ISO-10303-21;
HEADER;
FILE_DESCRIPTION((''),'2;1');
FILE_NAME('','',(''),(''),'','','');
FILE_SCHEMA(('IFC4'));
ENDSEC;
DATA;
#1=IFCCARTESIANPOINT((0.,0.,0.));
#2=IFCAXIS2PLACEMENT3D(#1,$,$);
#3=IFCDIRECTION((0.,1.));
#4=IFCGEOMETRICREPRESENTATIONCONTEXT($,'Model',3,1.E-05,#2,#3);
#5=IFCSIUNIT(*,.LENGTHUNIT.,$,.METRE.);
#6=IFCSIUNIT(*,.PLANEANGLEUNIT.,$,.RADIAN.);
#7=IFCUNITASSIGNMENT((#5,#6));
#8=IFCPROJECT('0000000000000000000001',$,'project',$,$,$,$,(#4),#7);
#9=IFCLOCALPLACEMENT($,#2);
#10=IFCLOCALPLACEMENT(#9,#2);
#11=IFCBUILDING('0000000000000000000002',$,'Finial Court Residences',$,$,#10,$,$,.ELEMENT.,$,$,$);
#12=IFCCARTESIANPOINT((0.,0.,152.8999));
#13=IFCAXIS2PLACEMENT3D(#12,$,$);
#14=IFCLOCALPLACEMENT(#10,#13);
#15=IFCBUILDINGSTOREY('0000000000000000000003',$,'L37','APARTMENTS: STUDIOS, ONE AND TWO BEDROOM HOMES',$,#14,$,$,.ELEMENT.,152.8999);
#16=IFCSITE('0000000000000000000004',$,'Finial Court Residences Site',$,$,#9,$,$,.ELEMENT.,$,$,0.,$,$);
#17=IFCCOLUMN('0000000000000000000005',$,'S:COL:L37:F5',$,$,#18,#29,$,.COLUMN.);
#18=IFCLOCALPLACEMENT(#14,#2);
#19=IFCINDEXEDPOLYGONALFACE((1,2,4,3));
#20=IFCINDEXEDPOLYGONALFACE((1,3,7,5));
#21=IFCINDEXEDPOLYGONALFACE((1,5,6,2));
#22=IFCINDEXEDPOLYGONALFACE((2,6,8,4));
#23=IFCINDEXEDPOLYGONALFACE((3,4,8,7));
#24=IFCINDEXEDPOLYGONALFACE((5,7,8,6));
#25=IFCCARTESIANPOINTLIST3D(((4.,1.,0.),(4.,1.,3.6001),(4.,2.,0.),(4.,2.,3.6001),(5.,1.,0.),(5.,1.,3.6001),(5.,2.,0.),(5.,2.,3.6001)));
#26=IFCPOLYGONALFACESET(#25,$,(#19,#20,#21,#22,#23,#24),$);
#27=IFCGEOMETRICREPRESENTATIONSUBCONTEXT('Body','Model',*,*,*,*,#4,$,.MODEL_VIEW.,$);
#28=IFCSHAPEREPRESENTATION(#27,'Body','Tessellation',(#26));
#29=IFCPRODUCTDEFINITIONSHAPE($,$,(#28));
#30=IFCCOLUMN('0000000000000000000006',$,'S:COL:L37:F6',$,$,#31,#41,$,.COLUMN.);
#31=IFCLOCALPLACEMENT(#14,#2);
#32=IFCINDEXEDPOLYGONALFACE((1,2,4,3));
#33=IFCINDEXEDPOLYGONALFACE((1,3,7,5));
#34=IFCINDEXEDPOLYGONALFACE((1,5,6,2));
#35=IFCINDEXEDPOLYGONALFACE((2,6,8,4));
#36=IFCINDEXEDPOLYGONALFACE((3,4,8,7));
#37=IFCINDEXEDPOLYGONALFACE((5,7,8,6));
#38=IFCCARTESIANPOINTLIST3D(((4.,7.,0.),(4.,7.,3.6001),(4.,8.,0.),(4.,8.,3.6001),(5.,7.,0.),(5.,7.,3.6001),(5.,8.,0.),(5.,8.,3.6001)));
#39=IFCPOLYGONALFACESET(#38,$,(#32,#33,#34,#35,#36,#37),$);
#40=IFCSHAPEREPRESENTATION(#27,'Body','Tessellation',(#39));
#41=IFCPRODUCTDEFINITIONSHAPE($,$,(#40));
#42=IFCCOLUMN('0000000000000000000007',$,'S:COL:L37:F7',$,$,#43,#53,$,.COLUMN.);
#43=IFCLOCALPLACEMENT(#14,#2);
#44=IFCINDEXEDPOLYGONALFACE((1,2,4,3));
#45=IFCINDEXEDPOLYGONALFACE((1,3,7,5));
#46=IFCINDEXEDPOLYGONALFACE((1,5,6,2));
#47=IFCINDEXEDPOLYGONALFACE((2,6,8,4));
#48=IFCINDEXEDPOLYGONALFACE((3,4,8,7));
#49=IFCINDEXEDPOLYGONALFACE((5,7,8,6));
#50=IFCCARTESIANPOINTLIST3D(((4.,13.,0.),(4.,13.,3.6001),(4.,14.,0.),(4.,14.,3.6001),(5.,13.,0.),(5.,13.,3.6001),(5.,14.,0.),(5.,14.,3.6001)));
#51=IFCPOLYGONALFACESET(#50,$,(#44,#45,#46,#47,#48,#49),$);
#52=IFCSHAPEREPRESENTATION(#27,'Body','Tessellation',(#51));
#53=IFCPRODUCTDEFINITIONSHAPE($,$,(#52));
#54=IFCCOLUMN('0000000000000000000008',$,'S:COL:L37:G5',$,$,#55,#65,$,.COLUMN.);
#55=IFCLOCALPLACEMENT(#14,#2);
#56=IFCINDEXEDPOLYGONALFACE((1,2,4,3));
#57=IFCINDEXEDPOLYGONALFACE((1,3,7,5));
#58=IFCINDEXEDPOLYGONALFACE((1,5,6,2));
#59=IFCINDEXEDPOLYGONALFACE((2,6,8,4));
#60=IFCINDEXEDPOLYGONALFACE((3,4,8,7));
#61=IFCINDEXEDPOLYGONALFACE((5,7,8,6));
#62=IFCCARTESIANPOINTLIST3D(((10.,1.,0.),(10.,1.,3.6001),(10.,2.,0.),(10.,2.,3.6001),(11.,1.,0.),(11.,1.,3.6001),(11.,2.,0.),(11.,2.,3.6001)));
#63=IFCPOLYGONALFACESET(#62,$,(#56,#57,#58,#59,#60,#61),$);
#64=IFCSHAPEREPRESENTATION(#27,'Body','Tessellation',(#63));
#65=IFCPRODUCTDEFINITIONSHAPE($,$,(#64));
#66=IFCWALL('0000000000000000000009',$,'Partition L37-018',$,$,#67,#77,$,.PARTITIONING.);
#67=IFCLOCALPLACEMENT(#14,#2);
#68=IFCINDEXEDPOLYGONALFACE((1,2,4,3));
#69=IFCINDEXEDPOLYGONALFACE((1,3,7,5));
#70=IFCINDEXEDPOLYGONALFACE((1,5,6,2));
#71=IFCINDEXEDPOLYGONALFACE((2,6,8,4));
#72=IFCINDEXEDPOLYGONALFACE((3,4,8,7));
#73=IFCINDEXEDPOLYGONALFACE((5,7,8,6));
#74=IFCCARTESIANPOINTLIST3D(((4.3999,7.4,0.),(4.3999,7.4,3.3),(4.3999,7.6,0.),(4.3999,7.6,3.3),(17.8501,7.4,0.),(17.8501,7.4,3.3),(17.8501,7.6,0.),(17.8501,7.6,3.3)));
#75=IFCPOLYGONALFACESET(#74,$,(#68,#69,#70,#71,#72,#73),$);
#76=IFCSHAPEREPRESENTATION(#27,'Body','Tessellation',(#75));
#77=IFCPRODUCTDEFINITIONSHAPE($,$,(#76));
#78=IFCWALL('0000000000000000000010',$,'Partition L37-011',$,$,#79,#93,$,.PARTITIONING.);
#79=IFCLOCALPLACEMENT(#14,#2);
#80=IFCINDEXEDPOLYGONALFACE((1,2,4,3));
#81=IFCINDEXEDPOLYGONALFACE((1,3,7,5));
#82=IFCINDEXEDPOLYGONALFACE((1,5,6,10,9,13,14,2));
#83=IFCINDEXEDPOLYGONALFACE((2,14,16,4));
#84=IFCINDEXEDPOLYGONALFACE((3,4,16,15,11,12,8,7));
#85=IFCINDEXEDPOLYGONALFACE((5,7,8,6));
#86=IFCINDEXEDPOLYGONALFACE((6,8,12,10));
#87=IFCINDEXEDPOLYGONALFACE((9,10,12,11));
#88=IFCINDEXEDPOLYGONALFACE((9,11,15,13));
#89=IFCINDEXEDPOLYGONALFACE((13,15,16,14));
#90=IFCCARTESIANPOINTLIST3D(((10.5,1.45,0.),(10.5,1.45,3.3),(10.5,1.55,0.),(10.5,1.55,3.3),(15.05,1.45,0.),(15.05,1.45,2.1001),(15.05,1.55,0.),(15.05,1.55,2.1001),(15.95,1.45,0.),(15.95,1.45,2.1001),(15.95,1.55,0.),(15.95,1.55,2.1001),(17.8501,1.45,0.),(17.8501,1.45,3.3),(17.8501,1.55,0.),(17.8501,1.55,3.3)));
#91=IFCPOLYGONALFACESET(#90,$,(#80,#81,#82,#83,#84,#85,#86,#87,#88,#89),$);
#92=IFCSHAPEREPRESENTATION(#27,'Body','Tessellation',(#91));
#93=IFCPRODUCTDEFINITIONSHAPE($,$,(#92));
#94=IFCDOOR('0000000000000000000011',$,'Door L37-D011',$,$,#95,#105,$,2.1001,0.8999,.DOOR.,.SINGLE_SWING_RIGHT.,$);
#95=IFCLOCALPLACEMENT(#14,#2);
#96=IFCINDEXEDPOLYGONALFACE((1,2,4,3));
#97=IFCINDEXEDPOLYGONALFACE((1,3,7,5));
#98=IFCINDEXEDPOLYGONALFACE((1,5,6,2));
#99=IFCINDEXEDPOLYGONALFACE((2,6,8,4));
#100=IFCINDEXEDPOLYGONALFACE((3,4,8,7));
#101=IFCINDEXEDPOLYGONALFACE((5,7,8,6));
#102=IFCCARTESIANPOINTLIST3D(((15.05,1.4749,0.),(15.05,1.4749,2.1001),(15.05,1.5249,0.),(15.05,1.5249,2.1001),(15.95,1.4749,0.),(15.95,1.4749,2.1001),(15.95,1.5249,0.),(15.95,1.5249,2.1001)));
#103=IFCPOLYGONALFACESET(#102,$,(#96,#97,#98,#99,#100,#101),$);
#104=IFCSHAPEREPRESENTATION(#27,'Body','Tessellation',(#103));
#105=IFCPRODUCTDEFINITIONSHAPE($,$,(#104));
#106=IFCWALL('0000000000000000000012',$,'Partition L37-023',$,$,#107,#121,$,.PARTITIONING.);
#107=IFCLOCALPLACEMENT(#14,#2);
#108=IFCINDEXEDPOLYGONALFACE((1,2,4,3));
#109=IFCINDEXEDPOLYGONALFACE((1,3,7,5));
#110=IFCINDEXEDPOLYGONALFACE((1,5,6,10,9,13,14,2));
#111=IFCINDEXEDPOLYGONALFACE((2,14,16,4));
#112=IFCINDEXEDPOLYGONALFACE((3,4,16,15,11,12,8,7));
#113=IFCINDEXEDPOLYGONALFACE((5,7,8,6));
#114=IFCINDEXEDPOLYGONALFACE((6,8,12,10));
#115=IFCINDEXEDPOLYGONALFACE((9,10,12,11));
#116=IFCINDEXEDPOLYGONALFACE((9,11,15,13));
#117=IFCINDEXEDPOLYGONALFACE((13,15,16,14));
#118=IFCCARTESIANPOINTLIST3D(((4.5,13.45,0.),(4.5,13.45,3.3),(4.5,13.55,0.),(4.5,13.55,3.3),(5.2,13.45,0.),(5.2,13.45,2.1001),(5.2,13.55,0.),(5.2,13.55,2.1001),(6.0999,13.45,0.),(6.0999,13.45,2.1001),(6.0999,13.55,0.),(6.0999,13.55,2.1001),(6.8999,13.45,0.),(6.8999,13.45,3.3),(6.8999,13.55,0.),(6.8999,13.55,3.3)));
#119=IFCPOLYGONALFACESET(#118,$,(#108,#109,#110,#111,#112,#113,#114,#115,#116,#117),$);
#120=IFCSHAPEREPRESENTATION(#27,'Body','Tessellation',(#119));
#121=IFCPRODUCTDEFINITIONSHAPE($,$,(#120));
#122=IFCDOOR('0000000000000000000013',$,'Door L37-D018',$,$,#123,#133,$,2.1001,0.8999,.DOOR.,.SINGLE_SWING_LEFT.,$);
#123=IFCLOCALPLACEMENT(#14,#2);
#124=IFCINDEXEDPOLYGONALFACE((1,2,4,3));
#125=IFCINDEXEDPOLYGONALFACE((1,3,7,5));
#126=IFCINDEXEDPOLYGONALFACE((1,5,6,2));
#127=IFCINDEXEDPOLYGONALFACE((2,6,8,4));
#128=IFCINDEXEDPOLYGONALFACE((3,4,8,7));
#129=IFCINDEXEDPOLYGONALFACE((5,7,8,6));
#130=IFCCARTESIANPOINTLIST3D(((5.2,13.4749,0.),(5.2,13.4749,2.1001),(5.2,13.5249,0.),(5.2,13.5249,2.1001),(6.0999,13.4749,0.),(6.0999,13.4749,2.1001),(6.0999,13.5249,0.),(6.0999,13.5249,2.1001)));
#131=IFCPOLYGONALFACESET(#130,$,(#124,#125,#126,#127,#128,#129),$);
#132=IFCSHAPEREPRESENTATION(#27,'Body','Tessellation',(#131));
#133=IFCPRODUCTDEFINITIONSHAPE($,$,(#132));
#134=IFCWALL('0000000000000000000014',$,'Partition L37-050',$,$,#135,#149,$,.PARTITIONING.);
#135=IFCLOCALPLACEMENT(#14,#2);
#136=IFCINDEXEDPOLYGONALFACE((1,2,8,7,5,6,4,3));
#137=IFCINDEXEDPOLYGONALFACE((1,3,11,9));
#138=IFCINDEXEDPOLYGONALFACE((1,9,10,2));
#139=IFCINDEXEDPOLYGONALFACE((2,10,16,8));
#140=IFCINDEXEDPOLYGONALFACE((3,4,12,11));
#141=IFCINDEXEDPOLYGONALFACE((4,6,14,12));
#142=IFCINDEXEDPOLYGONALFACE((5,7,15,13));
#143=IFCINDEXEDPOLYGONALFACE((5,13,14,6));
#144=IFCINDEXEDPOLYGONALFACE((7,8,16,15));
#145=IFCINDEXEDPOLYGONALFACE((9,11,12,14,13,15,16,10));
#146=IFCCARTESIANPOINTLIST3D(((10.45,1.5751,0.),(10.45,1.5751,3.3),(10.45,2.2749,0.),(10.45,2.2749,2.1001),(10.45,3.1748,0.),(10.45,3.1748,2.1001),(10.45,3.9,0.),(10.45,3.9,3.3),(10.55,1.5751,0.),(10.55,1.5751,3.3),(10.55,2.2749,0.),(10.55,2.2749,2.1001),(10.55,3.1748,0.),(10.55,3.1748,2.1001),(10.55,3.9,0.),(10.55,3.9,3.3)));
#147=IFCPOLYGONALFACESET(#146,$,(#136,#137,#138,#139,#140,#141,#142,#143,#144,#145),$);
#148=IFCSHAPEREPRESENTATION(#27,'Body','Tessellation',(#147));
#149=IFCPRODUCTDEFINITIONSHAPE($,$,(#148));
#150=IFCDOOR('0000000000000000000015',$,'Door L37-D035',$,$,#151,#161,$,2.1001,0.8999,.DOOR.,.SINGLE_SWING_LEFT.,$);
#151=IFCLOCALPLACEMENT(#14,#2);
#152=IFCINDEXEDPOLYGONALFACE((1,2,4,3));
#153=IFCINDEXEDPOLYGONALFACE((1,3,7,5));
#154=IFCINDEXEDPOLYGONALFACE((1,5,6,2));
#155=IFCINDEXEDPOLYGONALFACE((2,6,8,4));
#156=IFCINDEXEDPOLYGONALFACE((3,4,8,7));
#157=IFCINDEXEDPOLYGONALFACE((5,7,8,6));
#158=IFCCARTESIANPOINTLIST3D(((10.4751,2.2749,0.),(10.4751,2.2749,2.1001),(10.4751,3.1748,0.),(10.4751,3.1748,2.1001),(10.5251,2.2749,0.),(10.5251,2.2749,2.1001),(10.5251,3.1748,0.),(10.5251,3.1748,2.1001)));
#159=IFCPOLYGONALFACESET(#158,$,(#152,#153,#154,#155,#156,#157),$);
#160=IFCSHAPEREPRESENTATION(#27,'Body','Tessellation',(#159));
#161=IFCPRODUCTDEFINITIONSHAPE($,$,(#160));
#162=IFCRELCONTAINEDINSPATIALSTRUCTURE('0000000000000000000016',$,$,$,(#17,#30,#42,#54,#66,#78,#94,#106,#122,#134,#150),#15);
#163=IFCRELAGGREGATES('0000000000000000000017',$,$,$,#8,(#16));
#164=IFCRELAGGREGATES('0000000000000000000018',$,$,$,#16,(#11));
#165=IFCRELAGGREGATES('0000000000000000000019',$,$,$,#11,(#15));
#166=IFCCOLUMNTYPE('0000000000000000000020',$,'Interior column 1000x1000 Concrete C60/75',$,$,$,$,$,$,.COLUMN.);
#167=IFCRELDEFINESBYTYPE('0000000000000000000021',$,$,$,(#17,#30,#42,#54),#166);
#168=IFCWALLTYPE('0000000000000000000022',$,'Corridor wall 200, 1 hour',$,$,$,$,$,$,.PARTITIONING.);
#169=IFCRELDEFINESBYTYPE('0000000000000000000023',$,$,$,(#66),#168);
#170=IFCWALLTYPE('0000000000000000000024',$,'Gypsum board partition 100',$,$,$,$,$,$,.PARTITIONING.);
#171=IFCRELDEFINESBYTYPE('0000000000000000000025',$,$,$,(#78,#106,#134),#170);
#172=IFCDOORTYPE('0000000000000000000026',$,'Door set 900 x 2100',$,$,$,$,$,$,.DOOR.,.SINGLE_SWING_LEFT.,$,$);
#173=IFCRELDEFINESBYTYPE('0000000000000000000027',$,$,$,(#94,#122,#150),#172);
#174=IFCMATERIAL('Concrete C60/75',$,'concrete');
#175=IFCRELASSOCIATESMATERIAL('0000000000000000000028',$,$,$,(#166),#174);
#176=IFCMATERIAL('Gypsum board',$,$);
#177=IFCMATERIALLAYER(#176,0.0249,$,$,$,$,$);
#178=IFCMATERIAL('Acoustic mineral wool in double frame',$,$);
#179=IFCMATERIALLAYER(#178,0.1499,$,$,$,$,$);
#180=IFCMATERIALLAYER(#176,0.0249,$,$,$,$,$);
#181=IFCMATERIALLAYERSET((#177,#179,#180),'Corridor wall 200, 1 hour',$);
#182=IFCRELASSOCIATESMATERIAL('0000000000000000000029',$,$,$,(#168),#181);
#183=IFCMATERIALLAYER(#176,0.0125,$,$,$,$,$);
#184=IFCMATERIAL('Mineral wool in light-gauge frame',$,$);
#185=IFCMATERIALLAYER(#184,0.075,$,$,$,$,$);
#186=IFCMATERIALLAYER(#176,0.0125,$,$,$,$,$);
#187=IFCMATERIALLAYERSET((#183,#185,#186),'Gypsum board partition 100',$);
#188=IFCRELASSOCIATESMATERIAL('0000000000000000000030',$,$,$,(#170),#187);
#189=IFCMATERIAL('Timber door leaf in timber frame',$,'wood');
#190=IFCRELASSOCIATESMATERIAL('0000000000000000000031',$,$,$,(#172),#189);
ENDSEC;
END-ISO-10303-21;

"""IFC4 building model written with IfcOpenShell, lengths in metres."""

from ifc_helpers import new_model, si_unit, direction, frame, frame_2d, origin, origin_2d, place, context, subcontext, project, spatial, rectangle, extrude, material, layer, layer_set, material_profile, profile_set, type_object, element, fill, save


model = new_model("IFC4")

# Units and contexts
model_context = context("Model", 3, precision=1e-05, world=origin(), true_north=direction((0.0, 1.0)))
body_context = subcontext(model_context, "Body", "Model", "MODEL_VIEW")
ifc_project = project(units=[si_unit("LENGTHUNIT", "METRE"), si_unit("PLANEANGLEUNIT", "RADIAN")], contexts=[model_context])

# Site, building, storey
site_placement = place(None, origin())
site = spatial("IfcSite", under=ifc_project, at=site_placement, Name="Finial Court Residences Site", CompositionType="ELEMENT", RefElevation=0.0)
building_placement = place(site_placement, origin())
building = spatial("IfcBuilding", under=site, at=building_placement, Name="Finial Court Residences", CompositionType="ELEMENT")
storey_placement = place(building_placement, frame((0.0, 0.0, 152.8999)))
storey = spatial("IfcBuildingStorey", under=building, at=storey_placement, Name="L37", Description="APARTMENTS: STUDIOS, ONE AND TWO BEDROOM HOMES", CompositionType="ELEMENT", Elevation=152.8999)

# Columns
ifc_material_1 = material(Name="Concrete C60/75", Category="concrete")
ifc_material_profile = material_profile(ifc_material_1, rectangle(XDim=1.0, YDim=1.0, at=origin_2d()), Name="1000x1000")
ifc_profile_set = profile_set([ifc_material_profile], Name="Concrete C60/75")
column_type = type_object("IfcColumnType", Name="Interior column 1000x1000 Concrete C60/75", PredefinedType="COLUMN", material=ifc_profile_set)
for number, where, z_axis, x_axis, name in (
    (1, (4.5, 1.5, 0.0), (0.0, 0.0, 1.0), (1.0, 0.0, 0.0), "S:COL:L37:F5"),
    (2, (4.5, 7.5, 0.0), (0.0, 0.0, 1.0), (1.0, 0.0, 0.0), "S:COL:L37:F6"),
    (3, (4.5, 13.5, 0.0), (0.0, 0.0, 1.0), (1.0, 0.0, 0.0), "S:COL:L37:F7"),
    (4, (10.5, 1.5, 0.0), (0.0, 0.0, 1.0), (1.0, 0.0, 0.0), "S:COL:L37:G5"),
):
    element("IfcColumn", number, at=place(storey_placement, frame(where, z_axis=z_axis, x_axis=x_axis)), inside=storey, type_object=column_type, Name=name, PredefinedType="COLUMN", context=body_context, shape_type="SweptSolid", body=[
        extrude(rectangle(XDim=1.0, YDim=1.0, at=origin_2d()), origin(), (0.0, 0.0, 1.0), 3.6001),
    ])

# Wall
ifc_material_2 = material(Name="Gypsum board")
ifc_layer_1 = layer(ifc_material_2, 0.0249)
ifc_material_3 = material(Name="Acoustic mineral wool in double frame")
ifc_layer_2 = layer(ifc_material_3, 0.1499)
ifc_layer_3 = layer(ifc_material_2, 0.0249)
ifc_layer_set_1 = layer_set([ifc_layer_1, ifc_layer_2, ifc_layer_3], Name="Corridor wall 200, 1 hour")
wall_type_1 = type_object("IfcWallType", Name="Corridor wall 200, 1 hour", PredefinedType="PARTITIONING", material=ifc_layer_set_1)
wall_1_placement = place(storey_placement, frame((4.3999, 7.5, 0.0), z_axis=(0.0, 0.0, 1.0), x_axis=(1.0, 0.0, 0.0)))
element("IfcWall", 5, at=wall_1_placement, inside=storey, type_object=wall_type_1, Name="Partition L37-018", PredefinedType="PARTITIONING", context=body_context, shape_type="SweptSolid", body=[
    extrude(rectangle(XDim=13.4502, YDim=0.2, at=frame_2d((6.7251, 0.0))), origin(), (0.0, 0.0, 1.0), 3.3),
])

# Walls, openings, doors
ifc_layer_4 = layer(ifc_material_2, 0.0125)
ifc_material_4 = material(Name="Mineral wool in light-gauge frame")
ifc_layer_5 = layer(ifc_material_4, 0.075)
ifc_layer_6 = layer(ifc_material_2, 0.0125)
ifc_layer_set_2 = layer_set([ifc_layer_4, ifc_layer_5, ifc_layer_6], Name="Gypsum board partition 100")
wall_type_2 = type_object("IfcWallType", Name="Gypsum board partition 100", PredefinedType="PARTITIONING", material=ifc_layer_set_2)
wall_2_placement = place(storey_placement, frame((10.5, 1.5, 0.0), z_axis=(0.0, 0.0, 1.0), x_axis=(1.0, 0.0, 0.0)))
wall_2 = element("IfcWall", 6, at=wall_2_placement, inside=storey, type_object=wall_type_2, Name="Partition L37-011", PredefinedType="PARTITIONING", context=body_context, shape_type="SweptSolid", body=[
    extrude(rectangle(XDim=7.3501, YDim=0.1001, at=frame_2d((3.675, 0.0))), origin(), (0.0, 0.0, 1.0), 3.3),
])
opening_1_placement = place(wall_2_placement, frame((4.55, 0.0, 0.0)))
opening_1 = element("IfcOpeningElement", 7, at=opening_1_placement, cuts=wall_2, PredefinedType="OPENING", context=body_context, shape_type="SweptSolid", body=[
    extrude(rectangle(XDim=0.8999, YDim=2.1001, at=frame_2d((0.45, 1.05))), frame((0.0, 0.0601, 0.0), z_axis=(0.0, -1.0, 0.0), x_axis=(1.0, 0.0, 0.0)), (0.0, 0.0, 1.0), 0.1201),
])
ifc_material_5 = material(Name="Timber door leaf in timber frame", Category="wood")
door_type = type_object("IfcDoorType", Name="Door set 900 x 2100", OperationType="SINGLE_SWING_LEFT", PredefinedType="DOOR", material=ifc_material_5)
door_1_placement = place(opening_1_placement, origin())
door_1 = element("IfcDoor", 8, at=door_1_placement, inside=storey, type_object=door_type, Name="Door L37-D011", OperationType="SINGLE_SWING_RIGHT", OverallHeight=2.1001, OverallWidth=0.8999, PredefinedType="DOOR", context=body_context, shape_type="SweptSolid", body=[
    extrude(rectangle(XDim=0.8999, YDim=2.1001, at=frame_2d((0.45, 1.05))), frame((0.0, 0.0249, 0.0), z_axis=(0.0, -1.0, 0.0), x_axis=(1.0, 0.0, 0.0)), (0.0, 0.0, 1.0), 0.05),
])
fill(opening_1, door_1)
wall_3_placement = place(storey_placement, frame((4.5, 13.5, 0.0), z_axis=(0.0, 0.0, 1.0), x_axis=(1.0, 0.0, 0.0)))
wall_3 = element("IfcWall", 9, at=wall_3_placement, inside=storey, type_object=wall_type_2, Name="Partition L37-023", PredefinedType="PARTITIONING", context=body_context, shape_type="SweptSolid", body=[
    extrude(rectangle(XDim=2.3999, YDim=0.1001, at=frame_2d((1.2, 0.0))), origin(), (0.0, 0.0, 1.0), 3.3),
])
opening_2_placement = place(wall_3_placement, frame((0.7, 0.0, 0.0)))
opening_2 = element("IfcOpeningElement", 10, at=opening_2_placement, cuts=wall_3, PredefinedType="OPENING", context=body_context, shape_type="SweptSolid", body=[
    extrude(rectangle(XDim=0.8999, YDim=2.1001, at=frame_2d((0.45, 1.05))), frame((0.0, 0.0601, 0.0), z_axis=(0.0, -1.0, 0.0), x_axis=(1.0, 0.0, 0.0)), (0.0, 0.0, 1.0), 0.1201),
])
door_2_placement = place(opening_2_placement, origin())
door_2 = element("IfcDoor", 11, at=door_2_placement, inside=storey, type_object=door_type, Name="Door L37-D018", OperationType="SINGLE_SWING_LEFT", OverallHeight=2.1001, OverallWidth=0.8999, PredefinedType="DOOR", context=body_context, shape_type="SweptSolid", body=[
    extrude(rectangle(XDim=0.8999, YDim=2.1001, at=frame_2d((0.45, 1.05))), frame((0.0, 0.0249, 0.0), z_axis=(0.0, -1.0, 0.0), x_axis=(1.0, 0.0, 0.0)), (0.0, 0.0, 1.0), 0.05),
])
fill(opening_2, door_2)
wall_4_placement = place(storey_placement, frame((10.5, 1.575, 0.0), z_axis=(0.0, 0.0, 1.0), x_axis=(0.0, 1.0, 0.0)))
wall_4 = element("IfcWall", 12, at=wall_4_placement, inside=storey, type_object=wall_type_2, Name="Partition L37-050", PredefinedType="PARTITIONING", context=body_context, shape_type="SweptSolid", body=[
    extrude(rectangle(XDim=2.325, YDim=0.1001, at=frame_2d((1.1626, 0.0))), origin(), (0.0, 0.0, 1.0), 3.3),
])
opening_3_placement = place(wall_4_placement, frame((0.7, 0.0, 0.0)))
opening_3 = element("IfcOpeningElement", 13, at=opening_3_placement, cuts=wall_4, PredefinedType="OPENING", context=body_context, shape_type="SweptSolid", body=[
    extrude(rectangle(XDim=0.8999, YDim=2.1001, at=frame_2d((0.45, 1.05))), frame((0.0, 0.0601, 0.0), z_axis=(0.0, -1.0, 0.0), x_axis=(1.0, 0.0, 0.0)), (0.0, 0.0, 1.0), 0.1201),
])
door_3_placement = place(opening_3_placement, origin())
door_3 = element("IfcDoor", 14, at=door_3_placement, inside=storey, type_object=door_type, Name="Door L37-D035", OperationType="SINGLE_SWING_LEFT", OverallHeight=2.1001, OverallWidth=0.8999, PredefinedType="DOOR", context=body_context, shape_type="SweptSolid", body=[
    extrude(rectangle(XDim=0.8999, YDim=2.1001, at=frame_2d((0.45, 1.05))), frame((0.0, 0.0249, 0.0), z_axis=(0.0, -1.0, 0.0), x_axis=(1.0, 0.0, 0.0)), (0.0, 0.0, 1.0), 0.05),
])
fill(opening_3, door_3)

save(model, "model.ifc")
